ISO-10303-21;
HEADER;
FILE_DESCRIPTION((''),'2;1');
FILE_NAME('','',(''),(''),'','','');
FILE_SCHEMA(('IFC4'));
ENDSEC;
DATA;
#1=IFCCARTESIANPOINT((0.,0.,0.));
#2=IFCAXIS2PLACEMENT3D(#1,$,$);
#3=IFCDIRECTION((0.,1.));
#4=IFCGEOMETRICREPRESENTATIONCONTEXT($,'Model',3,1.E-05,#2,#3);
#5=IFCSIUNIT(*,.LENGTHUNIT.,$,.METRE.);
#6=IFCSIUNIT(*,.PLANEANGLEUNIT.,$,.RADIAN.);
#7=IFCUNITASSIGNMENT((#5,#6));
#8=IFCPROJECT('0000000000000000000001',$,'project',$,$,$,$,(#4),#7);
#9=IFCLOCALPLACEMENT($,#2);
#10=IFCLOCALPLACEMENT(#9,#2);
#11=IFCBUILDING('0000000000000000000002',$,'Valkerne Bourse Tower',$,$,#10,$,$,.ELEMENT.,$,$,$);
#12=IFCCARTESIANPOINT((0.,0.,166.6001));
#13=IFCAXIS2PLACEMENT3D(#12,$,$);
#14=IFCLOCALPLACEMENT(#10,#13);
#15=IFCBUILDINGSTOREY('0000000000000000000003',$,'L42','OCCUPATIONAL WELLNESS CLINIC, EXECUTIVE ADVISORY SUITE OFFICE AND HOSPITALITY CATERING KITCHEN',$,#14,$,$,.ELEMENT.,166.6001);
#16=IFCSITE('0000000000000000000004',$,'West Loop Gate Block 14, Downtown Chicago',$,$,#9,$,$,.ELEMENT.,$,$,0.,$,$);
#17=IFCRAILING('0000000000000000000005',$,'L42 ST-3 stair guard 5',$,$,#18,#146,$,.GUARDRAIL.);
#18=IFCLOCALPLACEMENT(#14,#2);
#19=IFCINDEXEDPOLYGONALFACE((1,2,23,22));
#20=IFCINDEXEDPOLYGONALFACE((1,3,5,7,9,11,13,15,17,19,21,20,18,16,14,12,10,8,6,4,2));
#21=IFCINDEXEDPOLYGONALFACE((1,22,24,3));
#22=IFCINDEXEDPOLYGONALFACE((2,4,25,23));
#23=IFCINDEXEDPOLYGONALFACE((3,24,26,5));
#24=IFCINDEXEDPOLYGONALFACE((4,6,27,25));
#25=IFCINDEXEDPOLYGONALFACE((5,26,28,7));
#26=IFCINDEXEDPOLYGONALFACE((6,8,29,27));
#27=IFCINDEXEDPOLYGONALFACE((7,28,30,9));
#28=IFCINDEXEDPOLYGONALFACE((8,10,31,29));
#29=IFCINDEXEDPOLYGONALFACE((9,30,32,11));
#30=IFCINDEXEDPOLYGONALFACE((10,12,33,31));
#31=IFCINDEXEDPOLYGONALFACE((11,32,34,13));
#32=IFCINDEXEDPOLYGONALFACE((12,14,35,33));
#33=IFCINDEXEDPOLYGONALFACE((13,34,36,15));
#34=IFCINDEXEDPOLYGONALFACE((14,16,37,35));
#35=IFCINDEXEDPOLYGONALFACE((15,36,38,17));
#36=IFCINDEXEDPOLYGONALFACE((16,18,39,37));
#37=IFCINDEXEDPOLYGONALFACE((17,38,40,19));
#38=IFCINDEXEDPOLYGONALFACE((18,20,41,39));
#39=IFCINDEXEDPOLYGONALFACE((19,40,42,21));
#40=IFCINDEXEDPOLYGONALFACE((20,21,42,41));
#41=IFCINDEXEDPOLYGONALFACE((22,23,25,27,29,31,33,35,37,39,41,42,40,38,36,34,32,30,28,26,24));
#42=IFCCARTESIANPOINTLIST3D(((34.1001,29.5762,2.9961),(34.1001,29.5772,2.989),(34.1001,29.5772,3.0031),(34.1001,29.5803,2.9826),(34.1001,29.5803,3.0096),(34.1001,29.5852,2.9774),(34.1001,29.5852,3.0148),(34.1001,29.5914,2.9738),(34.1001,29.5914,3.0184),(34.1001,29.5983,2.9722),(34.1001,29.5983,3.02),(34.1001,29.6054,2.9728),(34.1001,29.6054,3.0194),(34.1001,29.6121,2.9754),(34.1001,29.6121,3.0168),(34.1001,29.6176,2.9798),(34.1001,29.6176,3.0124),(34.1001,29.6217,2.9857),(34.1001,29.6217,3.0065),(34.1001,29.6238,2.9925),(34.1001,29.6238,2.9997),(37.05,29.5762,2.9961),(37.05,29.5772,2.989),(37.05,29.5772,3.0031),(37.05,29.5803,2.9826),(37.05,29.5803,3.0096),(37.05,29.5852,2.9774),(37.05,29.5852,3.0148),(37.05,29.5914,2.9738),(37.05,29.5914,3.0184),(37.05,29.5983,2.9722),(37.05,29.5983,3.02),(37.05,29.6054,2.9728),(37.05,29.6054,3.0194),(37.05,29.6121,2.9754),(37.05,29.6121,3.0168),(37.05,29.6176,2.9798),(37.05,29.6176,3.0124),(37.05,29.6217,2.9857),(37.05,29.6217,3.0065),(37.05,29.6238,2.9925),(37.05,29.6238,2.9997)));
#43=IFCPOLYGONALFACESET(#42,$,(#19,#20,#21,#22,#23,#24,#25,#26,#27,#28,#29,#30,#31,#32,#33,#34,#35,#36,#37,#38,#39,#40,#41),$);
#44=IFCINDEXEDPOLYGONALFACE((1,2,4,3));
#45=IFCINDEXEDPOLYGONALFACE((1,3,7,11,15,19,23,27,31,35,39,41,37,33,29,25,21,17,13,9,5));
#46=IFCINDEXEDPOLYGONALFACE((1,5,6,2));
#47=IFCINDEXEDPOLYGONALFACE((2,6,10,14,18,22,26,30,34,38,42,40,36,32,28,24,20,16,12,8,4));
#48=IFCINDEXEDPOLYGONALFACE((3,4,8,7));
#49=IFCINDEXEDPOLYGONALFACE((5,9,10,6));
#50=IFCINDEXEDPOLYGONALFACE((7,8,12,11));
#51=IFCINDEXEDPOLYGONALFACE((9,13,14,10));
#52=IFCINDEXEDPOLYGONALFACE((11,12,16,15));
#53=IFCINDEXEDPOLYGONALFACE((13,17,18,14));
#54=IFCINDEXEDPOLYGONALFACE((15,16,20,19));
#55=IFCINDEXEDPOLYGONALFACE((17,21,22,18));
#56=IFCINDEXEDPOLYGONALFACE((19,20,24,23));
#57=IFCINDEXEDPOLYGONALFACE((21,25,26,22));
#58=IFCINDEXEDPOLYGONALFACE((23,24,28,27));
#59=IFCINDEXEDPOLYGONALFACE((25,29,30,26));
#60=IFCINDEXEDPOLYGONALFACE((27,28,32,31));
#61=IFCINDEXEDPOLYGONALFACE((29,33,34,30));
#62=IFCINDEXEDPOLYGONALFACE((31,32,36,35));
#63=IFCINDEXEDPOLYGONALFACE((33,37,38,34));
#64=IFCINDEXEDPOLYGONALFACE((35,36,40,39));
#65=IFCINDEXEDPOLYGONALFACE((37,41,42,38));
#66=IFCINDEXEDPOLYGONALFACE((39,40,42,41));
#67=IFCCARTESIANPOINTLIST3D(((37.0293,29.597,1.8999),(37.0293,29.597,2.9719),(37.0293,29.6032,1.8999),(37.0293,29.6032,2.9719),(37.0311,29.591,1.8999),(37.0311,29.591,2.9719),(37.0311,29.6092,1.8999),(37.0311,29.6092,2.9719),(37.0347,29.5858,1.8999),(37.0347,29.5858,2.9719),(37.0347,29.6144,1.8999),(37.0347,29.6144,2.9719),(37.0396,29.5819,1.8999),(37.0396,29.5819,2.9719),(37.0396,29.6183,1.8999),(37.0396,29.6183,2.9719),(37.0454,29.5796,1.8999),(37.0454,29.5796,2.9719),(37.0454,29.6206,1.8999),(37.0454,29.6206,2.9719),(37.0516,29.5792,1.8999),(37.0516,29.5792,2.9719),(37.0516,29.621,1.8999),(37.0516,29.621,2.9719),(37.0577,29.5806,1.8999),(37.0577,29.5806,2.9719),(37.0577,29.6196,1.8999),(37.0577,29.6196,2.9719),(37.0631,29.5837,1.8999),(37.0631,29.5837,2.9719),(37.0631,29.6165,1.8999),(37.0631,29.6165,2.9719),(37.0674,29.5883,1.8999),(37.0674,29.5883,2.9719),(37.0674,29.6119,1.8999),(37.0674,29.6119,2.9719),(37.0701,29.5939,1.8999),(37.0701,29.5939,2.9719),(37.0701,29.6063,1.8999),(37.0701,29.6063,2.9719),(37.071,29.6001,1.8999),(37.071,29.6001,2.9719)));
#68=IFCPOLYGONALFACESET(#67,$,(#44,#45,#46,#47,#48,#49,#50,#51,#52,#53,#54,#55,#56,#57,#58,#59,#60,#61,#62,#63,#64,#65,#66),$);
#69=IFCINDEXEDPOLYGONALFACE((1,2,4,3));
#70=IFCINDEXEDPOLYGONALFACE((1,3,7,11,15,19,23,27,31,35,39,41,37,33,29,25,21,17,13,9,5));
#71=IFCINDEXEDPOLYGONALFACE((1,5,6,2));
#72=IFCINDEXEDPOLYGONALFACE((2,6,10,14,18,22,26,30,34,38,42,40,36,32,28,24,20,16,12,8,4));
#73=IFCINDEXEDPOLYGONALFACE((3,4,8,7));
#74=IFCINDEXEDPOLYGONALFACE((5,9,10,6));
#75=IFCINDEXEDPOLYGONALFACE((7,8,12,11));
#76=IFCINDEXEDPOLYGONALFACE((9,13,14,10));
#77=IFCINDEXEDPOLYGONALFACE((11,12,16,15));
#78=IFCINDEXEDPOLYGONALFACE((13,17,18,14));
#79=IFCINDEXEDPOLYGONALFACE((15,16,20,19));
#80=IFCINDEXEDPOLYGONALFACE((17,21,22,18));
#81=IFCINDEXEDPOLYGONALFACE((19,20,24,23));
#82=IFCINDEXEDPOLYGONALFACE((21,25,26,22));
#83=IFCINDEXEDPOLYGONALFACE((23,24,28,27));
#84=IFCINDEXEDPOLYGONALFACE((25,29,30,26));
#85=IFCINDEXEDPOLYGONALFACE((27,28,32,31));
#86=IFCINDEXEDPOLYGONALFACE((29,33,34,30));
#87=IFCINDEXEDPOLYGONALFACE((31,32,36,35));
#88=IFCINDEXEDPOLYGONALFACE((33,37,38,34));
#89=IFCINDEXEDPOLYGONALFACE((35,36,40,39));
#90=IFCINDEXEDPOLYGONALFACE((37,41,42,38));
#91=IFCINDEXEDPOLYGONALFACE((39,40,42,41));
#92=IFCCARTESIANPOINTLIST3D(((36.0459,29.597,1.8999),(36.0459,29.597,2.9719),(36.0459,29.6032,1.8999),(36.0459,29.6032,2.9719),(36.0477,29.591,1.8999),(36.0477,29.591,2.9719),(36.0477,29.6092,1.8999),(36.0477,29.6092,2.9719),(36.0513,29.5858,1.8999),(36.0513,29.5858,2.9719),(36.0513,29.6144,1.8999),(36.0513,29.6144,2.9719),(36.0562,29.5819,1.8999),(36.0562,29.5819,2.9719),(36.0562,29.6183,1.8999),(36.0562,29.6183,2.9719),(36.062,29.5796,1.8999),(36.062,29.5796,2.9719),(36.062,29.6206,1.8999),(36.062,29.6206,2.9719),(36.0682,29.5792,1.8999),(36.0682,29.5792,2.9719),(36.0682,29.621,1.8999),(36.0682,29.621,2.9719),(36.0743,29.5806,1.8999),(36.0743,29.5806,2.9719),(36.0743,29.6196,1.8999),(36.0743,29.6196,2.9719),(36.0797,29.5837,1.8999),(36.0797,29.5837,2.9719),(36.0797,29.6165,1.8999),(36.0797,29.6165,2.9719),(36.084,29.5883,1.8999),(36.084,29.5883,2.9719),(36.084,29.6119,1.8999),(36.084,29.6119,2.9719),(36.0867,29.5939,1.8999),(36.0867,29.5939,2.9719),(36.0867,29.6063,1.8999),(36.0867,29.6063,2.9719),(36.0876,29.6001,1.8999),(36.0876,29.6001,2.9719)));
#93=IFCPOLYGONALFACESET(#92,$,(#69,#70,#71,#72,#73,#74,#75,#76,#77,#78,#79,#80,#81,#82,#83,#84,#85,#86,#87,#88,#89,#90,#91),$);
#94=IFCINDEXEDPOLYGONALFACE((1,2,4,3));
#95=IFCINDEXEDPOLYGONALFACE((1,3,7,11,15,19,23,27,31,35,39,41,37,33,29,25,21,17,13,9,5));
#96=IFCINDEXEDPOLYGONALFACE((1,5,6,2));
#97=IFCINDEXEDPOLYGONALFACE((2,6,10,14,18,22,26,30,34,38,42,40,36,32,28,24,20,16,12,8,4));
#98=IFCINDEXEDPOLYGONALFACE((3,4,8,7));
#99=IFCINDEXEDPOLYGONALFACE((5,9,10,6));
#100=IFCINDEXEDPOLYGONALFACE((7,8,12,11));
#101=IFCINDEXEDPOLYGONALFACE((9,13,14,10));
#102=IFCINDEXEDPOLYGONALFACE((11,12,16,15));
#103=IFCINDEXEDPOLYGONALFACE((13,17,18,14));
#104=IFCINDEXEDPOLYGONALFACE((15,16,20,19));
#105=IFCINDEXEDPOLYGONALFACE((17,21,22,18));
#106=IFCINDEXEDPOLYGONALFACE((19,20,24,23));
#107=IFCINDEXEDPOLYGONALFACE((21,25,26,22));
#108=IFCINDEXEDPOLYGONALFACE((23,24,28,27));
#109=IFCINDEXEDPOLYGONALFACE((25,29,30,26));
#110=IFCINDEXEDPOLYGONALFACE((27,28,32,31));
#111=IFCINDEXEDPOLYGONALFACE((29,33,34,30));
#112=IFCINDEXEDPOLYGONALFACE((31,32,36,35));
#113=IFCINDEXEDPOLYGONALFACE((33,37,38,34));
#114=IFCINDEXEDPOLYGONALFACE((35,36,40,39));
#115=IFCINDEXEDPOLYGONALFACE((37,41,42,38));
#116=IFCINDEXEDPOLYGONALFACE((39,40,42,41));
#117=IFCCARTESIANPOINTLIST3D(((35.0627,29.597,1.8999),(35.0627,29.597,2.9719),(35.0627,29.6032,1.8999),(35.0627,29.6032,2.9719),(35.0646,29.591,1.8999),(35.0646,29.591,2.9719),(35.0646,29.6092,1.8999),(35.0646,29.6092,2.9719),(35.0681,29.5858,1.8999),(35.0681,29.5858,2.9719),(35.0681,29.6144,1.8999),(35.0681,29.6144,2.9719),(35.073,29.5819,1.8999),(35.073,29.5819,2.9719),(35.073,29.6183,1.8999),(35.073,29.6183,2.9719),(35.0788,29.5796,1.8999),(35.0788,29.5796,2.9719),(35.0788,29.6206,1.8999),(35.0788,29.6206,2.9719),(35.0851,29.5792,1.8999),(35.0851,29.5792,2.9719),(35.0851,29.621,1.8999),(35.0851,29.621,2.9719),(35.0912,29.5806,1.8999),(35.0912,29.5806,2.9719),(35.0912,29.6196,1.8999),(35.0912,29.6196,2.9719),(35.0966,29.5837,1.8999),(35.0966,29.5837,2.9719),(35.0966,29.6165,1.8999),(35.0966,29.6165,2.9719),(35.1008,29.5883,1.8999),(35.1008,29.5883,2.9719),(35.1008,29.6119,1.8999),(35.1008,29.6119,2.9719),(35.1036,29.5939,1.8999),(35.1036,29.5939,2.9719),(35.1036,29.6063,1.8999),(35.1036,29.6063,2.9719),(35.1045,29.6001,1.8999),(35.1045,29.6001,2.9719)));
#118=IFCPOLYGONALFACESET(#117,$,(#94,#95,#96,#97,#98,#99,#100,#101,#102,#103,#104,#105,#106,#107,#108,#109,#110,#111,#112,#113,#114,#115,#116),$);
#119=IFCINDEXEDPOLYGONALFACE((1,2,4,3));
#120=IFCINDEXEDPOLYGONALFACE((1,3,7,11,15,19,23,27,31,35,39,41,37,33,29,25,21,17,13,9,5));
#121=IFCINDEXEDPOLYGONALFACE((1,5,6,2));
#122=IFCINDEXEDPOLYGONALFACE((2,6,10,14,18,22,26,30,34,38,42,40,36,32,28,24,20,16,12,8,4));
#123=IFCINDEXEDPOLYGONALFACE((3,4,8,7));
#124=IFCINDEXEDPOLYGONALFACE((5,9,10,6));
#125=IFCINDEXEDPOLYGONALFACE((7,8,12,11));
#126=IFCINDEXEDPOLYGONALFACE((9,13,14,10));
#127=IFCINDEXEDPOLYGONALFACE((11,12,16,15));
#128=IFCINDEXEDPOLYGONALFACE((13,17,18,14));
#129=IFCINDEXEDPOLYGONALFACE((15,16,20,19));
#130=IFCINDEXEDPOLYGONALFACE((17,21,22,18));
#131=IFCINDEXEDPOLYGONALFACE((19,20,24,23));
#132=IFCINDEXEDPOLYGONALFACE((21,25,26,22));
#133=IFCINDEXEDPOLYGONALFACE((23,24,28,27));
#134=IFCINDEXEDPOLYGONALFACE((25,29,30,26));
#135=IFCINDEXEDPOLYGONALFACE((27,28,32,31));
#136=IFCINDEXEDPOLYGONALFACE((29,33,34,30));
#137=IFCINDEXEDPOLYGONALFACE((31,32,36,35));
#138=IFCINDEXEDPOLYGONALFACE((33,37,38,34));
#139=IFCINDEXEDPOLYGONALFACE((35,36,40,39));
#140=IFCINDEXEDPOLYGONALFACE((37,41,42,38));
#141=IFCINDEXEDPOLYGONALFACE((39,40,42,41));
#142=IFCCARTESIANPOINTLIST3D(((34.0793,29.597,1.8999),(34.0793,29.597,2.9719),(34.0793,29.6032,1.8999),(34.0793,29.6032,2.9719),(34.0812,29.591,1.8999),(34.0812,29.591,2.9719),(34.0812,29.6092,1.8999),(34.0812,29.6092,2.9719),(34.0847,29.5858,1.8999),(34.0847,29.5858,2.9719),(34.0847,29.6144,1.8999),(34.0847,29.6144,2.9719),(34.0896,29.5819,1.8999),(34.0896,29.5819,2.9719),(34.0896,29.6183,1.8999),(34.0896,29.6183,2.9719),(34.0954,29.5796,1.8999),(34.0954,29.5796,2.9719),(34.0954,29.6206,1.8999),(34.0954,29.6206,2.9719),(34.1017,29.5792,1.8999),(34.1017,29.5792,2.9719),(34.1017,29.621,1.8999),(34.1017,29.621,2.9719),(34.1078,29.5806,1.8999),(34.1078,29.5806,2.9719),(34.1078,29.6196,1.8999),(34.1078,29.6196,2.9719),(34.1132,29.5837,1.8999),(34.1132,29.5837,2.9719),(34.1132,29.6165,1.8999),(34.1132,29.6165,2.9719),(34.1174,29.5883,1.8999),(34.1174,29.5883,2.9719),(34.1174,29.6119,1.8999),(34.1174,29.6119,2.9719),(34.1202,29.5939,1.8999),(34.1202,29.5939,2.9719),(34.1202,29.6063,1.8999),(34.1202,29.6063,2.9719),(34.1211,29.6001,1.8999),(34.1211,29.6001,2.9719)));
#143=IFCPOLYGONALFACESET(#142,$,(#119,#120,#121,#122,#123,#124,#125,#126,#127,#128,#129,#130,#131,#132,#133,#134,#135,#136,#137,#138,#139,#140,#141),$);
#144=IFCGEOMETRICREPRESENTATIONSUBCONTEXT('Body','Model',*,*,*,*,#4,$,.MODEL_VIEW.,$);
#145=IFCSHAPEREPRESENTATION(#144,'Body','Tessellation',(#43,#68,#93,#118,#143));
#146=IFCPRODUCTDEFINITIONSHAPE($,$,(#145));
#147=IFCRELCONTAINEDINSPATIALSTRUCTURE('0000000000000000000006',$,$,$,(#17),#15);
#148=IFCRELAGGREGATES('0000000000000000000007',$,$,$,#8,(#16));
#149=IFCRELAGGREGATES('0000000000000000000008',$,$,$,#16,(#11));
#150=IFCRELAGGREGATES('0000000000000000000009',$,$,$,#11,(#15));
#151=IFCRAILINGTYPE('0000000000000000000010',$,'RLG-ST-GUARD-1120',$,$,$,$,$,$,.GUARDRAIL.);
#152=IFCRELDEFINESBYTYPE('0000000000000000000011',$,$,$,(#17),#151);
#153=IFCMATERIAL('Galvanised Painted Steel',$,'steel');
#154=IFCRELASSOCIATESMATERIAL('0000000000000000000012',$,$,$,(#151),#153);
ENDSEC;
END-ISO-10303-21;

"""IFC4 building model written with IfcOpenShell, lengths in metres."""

from ifc_helpers import new_model, si_unit, direction, frame, origin, origin_2d, place, context, subcontext, project, spatial, circle, extrude, material, type_object, element, save


model = new_model("IFC4")

# Units and contexts
model_context = context("Model", 3, precision=1e-05, world=origin(), true_north=direction((0.0, 1.0)))
body_context = subcontext(model_context, "Body", "Model", "MODEL_VIEW")
ifc_project = project(units=[si_unit("LENGTHUNIT", "METRE"), si_unit("PLANEANGLEUNIT", "RADIAN")], contexts=[model_context])

# Site, building, storey
site_placement = place(None, origin())
site = spatial("IfcSite", under=ifc_project, at=site_placement, Name="West Loop Gate Block 14, Downtown Chicago", CompositionType="ELEMENT", RefElevation=0.0)
building_placement = place(site_placement, origin())
building = spatial("IfcBuilding", under=site, at=building_placement, Name="Valkerne Bourse Tower", CompositionType="ELEMENT")
storey_placement = place(building_placement, frame((0.0, 0.0, 166.6001)))
storey = spatial("IfcBuildingStorey", under=building, at=storey_placement, Name="L42", Description="OCCUPATIONAL WELLNESS CLINIC, EXECUTIVE ADVISORY SUITE OFFICE AND HOSPITALITY CATERING KITCHEN", CompositionType="ELEMENT", Elevation=166.6001)

# Railing
ifc_material_1 = material(Name="Galvanised Painted Steel", Category="steel")
railing_type_1 = type_object("IfcRailingType", Name="RLG-ST-GUARD-1120", PredefinedType="GUARDRAIL", material=ifc_material_1)
railing_1_placement = place(storey_placement, frame((37.05, 29.6001, 1.8999)))
element("IfcRailing", 1, at=railing_1_placement, inside=storey, type_object=railing_type_1, Name="L42 ST-3 stair guard 5", PredefinedType="GUARDRAIL", context=body_context, shape_type="SweptSolid", body=[
    extrude(circle(Radius=0.0239, at=origin_2d()), frame((0.0, 0.0, 1.0962), z_axis=(-1.0, 0.0, 0.0), x_axis=(0.0, -1.0, 0.0)), (0.0, 0.0, 1.0), 2.95),
    extrude(circle(Radius=0.021, at=origin_2d()), origin(), (0.0, 0.0, 1.0), 1.072),
    extrude(circle(Radius=0.021, at=origin_2d()), frame((-0.9834, 0.0, 0.0)), (0.0, 0.0, 1.0), 1.072),
    extrude(circle(Radius=0.021, at=origin_2d()), frame((-1.9666, 0.0, 0.0)), (0.0, 0.0, 1.0), 1.072),
    extrude(circle(Radius=0.021, at=origin_2d()), frame((-2.95, 0.0, 0.0)), (0.0, 0.0, 1.0), 1.072),
])

save(model, "model.ifc")
